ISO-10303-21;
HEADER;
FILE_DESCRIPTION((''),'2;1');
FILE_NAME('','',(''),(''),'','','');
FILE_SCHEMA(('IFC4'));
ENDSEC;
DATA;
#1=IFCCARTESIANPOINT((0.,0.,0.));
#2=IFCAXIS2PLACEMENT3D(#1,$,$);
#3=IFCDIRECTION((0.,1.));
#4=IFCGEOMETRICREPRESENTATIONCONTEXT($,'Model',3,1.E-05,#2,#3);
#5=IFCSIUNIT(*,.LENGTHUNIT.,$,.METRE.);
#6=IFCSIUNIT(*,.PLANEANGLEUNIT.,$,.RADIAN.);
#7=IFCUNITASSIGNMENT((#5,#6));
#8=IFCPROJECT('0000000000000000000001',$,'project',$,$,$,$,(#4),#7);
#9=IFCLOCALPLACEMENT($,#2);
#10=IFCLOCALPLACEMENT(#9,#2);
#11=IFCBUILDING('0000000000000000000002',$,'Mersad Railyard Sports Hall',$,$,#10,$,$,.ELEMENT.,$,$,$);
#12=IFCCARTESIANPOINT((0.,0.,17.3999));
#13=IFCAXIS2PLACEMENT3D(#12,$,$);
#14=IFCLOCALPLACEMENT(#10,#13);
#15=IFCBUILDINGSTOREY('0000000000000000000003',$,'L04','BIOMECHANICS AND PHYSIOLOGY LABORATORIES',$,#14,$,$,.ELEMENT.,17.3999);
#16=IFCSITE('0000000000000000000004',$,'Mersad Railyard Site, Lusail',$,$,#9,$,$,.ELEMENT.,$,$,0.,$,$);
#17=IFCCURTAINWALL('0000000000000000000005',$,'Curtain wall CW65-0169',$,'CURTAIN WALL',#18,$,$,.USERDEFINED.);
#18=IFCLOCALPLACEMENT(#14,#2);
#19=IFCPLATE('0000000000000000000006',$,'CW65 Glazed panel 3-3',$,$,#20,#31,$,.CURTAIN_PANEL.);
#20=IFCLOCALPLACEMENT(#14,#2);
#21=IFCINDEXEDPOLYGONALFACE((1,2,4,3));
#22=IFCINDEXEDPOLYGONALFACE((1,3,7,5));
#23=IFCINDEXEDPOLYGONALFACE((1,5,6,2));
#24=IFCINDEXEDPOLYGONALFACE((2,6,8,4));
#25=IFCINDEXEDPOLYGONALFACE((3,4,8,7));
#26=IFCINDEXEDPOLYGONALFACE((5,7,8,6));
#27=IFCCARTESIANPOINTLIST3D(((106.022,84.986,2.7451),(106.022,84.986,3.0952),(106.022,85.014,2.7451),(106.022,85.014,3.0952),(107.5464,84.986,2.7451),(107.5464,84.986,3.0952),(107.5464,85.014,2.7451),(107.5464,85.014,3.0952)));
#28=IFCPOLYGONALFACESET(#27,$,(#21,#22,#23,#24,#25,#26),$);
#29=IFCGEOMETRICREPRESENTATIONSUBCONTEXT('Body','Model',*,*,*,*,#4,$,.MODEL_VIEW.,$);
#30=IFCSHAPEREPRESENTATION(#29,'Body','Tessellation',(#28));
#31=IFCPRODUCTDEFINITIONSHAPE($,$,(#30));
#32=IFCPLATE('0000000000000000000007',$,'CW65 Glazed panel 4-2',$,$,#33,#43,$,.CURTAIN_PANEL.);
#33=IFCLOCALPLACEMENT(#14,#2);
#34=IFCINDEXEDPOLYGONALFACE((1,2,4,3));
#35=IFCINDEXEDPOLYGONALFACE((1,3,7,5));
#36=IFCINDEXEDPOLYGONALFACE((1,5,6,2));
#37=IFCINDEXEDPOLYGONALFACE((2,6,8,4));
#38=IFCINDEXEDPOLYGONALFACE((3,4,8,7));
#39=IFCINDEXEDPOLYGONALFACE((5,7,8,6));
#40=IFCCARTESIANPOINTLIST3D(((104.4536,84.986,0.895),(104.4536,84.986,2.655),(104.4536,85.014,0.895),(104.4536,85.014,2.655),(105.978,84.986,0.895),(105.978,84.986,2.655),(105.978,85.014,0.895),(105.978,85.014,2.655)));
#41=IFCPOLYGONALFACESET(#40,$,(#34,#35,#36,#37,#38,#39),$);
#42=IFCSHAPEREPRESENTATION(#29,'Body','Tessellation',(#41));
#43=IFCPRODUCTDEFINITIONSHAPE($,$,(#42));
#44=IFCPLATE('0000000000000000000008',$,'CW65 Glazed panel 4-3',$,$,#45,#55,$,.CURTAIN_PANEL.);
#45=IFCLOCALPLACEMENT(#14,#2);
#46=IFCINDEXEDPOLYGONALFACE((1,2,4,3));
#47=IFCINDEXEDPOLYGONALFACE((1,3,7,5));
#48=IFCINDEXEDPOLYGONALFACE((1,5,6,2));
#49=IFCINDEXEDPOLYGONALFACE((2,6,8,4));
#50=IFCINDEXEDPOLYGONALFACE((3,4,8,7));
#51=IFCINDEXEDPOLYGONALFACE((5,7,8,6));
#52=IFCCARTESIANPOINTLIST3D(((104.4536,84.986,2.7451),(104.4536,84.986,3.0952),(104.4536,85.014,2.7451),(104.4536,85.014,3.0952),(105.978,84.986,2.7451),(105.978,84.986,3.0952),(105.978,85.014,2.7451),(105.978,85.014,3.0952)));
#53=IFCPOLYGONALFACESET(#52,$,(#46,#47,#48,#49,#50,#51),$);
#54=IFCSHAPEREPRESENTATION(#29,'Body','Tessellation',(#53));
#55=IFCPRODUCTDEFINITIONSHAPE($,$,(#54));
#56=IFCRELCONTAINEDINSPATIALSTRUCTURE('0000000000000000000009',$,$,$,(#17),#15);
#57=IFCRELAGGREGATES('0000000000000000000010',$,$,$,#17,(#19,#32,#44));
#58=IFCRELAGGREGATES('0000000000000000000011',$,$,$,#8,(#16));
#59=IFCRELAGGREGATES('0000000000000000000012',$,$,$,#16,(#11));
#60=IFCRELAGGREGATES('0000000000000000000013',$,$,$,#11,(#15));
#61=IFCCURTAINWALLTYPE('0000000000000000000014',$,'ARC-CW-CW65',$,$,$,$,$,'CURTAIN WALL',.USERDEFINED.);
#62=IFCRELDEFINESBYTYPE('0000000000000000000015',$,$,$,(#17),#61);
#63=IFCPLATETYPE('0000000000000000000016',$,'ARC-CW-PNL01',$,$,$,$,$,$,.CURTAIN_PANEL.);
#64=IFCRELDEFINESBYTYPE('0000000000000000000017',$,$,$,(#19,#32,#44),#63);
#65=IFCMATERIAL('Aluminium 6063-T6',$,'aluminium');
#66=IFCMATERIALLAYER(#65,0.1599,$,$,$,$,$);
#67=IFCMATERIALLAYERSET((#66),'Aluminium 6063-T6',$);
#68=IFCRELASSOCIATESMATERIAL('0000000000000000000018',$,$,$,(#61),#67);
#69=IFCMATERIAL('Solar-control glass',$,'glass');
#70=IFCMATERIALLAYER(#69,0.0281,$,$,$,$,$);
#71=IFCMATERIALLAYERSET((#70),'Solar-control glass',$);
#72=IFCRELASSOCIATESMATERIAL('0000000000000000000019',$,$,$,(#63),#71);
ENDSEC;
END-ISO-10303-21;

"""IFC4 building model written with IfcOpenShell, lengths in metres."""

from ifc_helpers import new_model, si_unit, direction, frame, origin, origin_2d, place, context, subcontext, project, spatial, rectangle, extrude, material, layer, layer_set, type_object, element, aggregate, save


model = new_model("IFC4")

# Units and contexts
model_context = context("Model", 3, precision=1e-05, world=origin(), true_north=direction((0.0, 1.0)))
body_context = subcontext(model_context, "Body", "Model", "MODEL_VIEW")
ifc_project = project(units=[si_unit("LENGTHUNIT", "METRE"), si_unit("PLANEANGLEUNIT", "RADIAN")], contexts=[model_context])

# Site, building, storey
site_placement = place(None, origin())
site = spatial("IfcSite", under=ifc_project, at=site_placement, Name="Mersad Railyard Site, Lusail", CompositionType="ELEMENT", RefElevation=0.0)
building_placement = place(site_placement, origin())
building = spatial("IfcBuilding", under=site, at=building_placement, Name="Mersad Railyard Sports Hall", CompositionType="ELEMENT")
storey_placement = place(building_placement, frame((0.0, 0.0, 17.3999)))
storey = spatial("IfcBuildingStorey", under=building, at=storey_placement, Name="L04", Description="BIOMECHANICS AND PHYSIOLOGY LABORATORIES", CompositionType="ELEMENT", Elevation=17.3999)

# Curtain wall, plates
ifc_material_1 = material(Name="Aluminium 6063-T6", Category="aluminium")
ifc_layer_1 = layer(ifc_material_1, 0.1599)
ifc_layer_set_1 = layer_set([ifc_layer_1], Name="Aluminium 6063-T6")
curtain_wall_type = type_object("IfcCurtainWallType", Name="ARC-CW-CW65", ElementType="CURTAIN WALL", PredefinedType="USERDEFINED", material=ifc_layer_set_1)
curtain_wall_placement = place(storey_placement, origin())
curtain_wall = element("IfcCurtainWall", 1, at=curtain_wall_placement, inside=storey, type_object=curtain_wall_type, Name="Curtain wall CW65-0169", ObjectType="CURTAIN WALL", PredefinedType="USERDEFINED")
ifc_material_2 = material(Name="Solar-control glass", Category="glass")
ifc_layer_2 = layer(ifc_material_2, 0.0281)
ifc_layer_set_2 = layer_set([ifc_layer_2], Name="Solar-control glass")
plate_type = type_object("IfcPlateType", Name="ARC-CW-PNL01", PredefinedType="CURTAIN_PANEL", material=ifc_layer_set_2)
plate_1_placement = place(storey_placement, frame((106.7842, 85.0, 2.7451), z_axis=(0.0, 0.0, 1.0), x_axis=(-1.0, 0.0, 0.0)))
plate_1 = element("IfcPlate", 2, at=plate_1_placement, type_object=plate_type, Name="CW65 Glazed panel 3-3", PredefinedType="CURTAIN_PANEL", context=body_context, shape_type="SweptSolid", body=[
    extrude(rectangle(XDim=1.5244, YDim=0.0281, at=origin_2d()), origin(), (0.0, 0.0, 1.0), 0.3501),
])
plate_2_placement = place(storey_placement, frame((105.2158, 85.0, 0.895), z_axis=(0.0, 0.0, 1.0), x_axis=(-1.0, 0.0, 0.0)))
plate_2 = element("IfcPlate", 3, at=plate_2_placement, type_object=plate_type, Name="CW65 Glazed panel 4-2", PredefinedType="CURTAIN_PANEL", context=body_context, shape_type="SweptSolid", body=[
    extrude(rectangle(XDim=1.5244, YDim=0.0281, at=origin_2d()), origin(), (0.0, 0.0, 1.0), 1.76),
])
plate_3_placement = place(storey_placement, frame((105.2158, 85.0, 2.7451), z_axis=(0.0, 0.0, 1.0), x_axis=(-1.0, 0.0, 0.0)))
plate_3 = element("IfcPlate", 4, at=plate_3_placement, type_object=plate_type, Name="CW65 Glazed panel 4-3", PredefinedType="CURTAIN_PANEL", context=body_context, shape_type="SweptSolid", body=[
    extrude(rectangle(XDim=1.5244, YDim=0.0281, at=origin_2d()), origin(), (0.0, 0.0, 1.0), 0.3501),
])
aggregate(curtain_wall, [plate_1, plate_2, plate_3])

save(model, "model.ifc")
